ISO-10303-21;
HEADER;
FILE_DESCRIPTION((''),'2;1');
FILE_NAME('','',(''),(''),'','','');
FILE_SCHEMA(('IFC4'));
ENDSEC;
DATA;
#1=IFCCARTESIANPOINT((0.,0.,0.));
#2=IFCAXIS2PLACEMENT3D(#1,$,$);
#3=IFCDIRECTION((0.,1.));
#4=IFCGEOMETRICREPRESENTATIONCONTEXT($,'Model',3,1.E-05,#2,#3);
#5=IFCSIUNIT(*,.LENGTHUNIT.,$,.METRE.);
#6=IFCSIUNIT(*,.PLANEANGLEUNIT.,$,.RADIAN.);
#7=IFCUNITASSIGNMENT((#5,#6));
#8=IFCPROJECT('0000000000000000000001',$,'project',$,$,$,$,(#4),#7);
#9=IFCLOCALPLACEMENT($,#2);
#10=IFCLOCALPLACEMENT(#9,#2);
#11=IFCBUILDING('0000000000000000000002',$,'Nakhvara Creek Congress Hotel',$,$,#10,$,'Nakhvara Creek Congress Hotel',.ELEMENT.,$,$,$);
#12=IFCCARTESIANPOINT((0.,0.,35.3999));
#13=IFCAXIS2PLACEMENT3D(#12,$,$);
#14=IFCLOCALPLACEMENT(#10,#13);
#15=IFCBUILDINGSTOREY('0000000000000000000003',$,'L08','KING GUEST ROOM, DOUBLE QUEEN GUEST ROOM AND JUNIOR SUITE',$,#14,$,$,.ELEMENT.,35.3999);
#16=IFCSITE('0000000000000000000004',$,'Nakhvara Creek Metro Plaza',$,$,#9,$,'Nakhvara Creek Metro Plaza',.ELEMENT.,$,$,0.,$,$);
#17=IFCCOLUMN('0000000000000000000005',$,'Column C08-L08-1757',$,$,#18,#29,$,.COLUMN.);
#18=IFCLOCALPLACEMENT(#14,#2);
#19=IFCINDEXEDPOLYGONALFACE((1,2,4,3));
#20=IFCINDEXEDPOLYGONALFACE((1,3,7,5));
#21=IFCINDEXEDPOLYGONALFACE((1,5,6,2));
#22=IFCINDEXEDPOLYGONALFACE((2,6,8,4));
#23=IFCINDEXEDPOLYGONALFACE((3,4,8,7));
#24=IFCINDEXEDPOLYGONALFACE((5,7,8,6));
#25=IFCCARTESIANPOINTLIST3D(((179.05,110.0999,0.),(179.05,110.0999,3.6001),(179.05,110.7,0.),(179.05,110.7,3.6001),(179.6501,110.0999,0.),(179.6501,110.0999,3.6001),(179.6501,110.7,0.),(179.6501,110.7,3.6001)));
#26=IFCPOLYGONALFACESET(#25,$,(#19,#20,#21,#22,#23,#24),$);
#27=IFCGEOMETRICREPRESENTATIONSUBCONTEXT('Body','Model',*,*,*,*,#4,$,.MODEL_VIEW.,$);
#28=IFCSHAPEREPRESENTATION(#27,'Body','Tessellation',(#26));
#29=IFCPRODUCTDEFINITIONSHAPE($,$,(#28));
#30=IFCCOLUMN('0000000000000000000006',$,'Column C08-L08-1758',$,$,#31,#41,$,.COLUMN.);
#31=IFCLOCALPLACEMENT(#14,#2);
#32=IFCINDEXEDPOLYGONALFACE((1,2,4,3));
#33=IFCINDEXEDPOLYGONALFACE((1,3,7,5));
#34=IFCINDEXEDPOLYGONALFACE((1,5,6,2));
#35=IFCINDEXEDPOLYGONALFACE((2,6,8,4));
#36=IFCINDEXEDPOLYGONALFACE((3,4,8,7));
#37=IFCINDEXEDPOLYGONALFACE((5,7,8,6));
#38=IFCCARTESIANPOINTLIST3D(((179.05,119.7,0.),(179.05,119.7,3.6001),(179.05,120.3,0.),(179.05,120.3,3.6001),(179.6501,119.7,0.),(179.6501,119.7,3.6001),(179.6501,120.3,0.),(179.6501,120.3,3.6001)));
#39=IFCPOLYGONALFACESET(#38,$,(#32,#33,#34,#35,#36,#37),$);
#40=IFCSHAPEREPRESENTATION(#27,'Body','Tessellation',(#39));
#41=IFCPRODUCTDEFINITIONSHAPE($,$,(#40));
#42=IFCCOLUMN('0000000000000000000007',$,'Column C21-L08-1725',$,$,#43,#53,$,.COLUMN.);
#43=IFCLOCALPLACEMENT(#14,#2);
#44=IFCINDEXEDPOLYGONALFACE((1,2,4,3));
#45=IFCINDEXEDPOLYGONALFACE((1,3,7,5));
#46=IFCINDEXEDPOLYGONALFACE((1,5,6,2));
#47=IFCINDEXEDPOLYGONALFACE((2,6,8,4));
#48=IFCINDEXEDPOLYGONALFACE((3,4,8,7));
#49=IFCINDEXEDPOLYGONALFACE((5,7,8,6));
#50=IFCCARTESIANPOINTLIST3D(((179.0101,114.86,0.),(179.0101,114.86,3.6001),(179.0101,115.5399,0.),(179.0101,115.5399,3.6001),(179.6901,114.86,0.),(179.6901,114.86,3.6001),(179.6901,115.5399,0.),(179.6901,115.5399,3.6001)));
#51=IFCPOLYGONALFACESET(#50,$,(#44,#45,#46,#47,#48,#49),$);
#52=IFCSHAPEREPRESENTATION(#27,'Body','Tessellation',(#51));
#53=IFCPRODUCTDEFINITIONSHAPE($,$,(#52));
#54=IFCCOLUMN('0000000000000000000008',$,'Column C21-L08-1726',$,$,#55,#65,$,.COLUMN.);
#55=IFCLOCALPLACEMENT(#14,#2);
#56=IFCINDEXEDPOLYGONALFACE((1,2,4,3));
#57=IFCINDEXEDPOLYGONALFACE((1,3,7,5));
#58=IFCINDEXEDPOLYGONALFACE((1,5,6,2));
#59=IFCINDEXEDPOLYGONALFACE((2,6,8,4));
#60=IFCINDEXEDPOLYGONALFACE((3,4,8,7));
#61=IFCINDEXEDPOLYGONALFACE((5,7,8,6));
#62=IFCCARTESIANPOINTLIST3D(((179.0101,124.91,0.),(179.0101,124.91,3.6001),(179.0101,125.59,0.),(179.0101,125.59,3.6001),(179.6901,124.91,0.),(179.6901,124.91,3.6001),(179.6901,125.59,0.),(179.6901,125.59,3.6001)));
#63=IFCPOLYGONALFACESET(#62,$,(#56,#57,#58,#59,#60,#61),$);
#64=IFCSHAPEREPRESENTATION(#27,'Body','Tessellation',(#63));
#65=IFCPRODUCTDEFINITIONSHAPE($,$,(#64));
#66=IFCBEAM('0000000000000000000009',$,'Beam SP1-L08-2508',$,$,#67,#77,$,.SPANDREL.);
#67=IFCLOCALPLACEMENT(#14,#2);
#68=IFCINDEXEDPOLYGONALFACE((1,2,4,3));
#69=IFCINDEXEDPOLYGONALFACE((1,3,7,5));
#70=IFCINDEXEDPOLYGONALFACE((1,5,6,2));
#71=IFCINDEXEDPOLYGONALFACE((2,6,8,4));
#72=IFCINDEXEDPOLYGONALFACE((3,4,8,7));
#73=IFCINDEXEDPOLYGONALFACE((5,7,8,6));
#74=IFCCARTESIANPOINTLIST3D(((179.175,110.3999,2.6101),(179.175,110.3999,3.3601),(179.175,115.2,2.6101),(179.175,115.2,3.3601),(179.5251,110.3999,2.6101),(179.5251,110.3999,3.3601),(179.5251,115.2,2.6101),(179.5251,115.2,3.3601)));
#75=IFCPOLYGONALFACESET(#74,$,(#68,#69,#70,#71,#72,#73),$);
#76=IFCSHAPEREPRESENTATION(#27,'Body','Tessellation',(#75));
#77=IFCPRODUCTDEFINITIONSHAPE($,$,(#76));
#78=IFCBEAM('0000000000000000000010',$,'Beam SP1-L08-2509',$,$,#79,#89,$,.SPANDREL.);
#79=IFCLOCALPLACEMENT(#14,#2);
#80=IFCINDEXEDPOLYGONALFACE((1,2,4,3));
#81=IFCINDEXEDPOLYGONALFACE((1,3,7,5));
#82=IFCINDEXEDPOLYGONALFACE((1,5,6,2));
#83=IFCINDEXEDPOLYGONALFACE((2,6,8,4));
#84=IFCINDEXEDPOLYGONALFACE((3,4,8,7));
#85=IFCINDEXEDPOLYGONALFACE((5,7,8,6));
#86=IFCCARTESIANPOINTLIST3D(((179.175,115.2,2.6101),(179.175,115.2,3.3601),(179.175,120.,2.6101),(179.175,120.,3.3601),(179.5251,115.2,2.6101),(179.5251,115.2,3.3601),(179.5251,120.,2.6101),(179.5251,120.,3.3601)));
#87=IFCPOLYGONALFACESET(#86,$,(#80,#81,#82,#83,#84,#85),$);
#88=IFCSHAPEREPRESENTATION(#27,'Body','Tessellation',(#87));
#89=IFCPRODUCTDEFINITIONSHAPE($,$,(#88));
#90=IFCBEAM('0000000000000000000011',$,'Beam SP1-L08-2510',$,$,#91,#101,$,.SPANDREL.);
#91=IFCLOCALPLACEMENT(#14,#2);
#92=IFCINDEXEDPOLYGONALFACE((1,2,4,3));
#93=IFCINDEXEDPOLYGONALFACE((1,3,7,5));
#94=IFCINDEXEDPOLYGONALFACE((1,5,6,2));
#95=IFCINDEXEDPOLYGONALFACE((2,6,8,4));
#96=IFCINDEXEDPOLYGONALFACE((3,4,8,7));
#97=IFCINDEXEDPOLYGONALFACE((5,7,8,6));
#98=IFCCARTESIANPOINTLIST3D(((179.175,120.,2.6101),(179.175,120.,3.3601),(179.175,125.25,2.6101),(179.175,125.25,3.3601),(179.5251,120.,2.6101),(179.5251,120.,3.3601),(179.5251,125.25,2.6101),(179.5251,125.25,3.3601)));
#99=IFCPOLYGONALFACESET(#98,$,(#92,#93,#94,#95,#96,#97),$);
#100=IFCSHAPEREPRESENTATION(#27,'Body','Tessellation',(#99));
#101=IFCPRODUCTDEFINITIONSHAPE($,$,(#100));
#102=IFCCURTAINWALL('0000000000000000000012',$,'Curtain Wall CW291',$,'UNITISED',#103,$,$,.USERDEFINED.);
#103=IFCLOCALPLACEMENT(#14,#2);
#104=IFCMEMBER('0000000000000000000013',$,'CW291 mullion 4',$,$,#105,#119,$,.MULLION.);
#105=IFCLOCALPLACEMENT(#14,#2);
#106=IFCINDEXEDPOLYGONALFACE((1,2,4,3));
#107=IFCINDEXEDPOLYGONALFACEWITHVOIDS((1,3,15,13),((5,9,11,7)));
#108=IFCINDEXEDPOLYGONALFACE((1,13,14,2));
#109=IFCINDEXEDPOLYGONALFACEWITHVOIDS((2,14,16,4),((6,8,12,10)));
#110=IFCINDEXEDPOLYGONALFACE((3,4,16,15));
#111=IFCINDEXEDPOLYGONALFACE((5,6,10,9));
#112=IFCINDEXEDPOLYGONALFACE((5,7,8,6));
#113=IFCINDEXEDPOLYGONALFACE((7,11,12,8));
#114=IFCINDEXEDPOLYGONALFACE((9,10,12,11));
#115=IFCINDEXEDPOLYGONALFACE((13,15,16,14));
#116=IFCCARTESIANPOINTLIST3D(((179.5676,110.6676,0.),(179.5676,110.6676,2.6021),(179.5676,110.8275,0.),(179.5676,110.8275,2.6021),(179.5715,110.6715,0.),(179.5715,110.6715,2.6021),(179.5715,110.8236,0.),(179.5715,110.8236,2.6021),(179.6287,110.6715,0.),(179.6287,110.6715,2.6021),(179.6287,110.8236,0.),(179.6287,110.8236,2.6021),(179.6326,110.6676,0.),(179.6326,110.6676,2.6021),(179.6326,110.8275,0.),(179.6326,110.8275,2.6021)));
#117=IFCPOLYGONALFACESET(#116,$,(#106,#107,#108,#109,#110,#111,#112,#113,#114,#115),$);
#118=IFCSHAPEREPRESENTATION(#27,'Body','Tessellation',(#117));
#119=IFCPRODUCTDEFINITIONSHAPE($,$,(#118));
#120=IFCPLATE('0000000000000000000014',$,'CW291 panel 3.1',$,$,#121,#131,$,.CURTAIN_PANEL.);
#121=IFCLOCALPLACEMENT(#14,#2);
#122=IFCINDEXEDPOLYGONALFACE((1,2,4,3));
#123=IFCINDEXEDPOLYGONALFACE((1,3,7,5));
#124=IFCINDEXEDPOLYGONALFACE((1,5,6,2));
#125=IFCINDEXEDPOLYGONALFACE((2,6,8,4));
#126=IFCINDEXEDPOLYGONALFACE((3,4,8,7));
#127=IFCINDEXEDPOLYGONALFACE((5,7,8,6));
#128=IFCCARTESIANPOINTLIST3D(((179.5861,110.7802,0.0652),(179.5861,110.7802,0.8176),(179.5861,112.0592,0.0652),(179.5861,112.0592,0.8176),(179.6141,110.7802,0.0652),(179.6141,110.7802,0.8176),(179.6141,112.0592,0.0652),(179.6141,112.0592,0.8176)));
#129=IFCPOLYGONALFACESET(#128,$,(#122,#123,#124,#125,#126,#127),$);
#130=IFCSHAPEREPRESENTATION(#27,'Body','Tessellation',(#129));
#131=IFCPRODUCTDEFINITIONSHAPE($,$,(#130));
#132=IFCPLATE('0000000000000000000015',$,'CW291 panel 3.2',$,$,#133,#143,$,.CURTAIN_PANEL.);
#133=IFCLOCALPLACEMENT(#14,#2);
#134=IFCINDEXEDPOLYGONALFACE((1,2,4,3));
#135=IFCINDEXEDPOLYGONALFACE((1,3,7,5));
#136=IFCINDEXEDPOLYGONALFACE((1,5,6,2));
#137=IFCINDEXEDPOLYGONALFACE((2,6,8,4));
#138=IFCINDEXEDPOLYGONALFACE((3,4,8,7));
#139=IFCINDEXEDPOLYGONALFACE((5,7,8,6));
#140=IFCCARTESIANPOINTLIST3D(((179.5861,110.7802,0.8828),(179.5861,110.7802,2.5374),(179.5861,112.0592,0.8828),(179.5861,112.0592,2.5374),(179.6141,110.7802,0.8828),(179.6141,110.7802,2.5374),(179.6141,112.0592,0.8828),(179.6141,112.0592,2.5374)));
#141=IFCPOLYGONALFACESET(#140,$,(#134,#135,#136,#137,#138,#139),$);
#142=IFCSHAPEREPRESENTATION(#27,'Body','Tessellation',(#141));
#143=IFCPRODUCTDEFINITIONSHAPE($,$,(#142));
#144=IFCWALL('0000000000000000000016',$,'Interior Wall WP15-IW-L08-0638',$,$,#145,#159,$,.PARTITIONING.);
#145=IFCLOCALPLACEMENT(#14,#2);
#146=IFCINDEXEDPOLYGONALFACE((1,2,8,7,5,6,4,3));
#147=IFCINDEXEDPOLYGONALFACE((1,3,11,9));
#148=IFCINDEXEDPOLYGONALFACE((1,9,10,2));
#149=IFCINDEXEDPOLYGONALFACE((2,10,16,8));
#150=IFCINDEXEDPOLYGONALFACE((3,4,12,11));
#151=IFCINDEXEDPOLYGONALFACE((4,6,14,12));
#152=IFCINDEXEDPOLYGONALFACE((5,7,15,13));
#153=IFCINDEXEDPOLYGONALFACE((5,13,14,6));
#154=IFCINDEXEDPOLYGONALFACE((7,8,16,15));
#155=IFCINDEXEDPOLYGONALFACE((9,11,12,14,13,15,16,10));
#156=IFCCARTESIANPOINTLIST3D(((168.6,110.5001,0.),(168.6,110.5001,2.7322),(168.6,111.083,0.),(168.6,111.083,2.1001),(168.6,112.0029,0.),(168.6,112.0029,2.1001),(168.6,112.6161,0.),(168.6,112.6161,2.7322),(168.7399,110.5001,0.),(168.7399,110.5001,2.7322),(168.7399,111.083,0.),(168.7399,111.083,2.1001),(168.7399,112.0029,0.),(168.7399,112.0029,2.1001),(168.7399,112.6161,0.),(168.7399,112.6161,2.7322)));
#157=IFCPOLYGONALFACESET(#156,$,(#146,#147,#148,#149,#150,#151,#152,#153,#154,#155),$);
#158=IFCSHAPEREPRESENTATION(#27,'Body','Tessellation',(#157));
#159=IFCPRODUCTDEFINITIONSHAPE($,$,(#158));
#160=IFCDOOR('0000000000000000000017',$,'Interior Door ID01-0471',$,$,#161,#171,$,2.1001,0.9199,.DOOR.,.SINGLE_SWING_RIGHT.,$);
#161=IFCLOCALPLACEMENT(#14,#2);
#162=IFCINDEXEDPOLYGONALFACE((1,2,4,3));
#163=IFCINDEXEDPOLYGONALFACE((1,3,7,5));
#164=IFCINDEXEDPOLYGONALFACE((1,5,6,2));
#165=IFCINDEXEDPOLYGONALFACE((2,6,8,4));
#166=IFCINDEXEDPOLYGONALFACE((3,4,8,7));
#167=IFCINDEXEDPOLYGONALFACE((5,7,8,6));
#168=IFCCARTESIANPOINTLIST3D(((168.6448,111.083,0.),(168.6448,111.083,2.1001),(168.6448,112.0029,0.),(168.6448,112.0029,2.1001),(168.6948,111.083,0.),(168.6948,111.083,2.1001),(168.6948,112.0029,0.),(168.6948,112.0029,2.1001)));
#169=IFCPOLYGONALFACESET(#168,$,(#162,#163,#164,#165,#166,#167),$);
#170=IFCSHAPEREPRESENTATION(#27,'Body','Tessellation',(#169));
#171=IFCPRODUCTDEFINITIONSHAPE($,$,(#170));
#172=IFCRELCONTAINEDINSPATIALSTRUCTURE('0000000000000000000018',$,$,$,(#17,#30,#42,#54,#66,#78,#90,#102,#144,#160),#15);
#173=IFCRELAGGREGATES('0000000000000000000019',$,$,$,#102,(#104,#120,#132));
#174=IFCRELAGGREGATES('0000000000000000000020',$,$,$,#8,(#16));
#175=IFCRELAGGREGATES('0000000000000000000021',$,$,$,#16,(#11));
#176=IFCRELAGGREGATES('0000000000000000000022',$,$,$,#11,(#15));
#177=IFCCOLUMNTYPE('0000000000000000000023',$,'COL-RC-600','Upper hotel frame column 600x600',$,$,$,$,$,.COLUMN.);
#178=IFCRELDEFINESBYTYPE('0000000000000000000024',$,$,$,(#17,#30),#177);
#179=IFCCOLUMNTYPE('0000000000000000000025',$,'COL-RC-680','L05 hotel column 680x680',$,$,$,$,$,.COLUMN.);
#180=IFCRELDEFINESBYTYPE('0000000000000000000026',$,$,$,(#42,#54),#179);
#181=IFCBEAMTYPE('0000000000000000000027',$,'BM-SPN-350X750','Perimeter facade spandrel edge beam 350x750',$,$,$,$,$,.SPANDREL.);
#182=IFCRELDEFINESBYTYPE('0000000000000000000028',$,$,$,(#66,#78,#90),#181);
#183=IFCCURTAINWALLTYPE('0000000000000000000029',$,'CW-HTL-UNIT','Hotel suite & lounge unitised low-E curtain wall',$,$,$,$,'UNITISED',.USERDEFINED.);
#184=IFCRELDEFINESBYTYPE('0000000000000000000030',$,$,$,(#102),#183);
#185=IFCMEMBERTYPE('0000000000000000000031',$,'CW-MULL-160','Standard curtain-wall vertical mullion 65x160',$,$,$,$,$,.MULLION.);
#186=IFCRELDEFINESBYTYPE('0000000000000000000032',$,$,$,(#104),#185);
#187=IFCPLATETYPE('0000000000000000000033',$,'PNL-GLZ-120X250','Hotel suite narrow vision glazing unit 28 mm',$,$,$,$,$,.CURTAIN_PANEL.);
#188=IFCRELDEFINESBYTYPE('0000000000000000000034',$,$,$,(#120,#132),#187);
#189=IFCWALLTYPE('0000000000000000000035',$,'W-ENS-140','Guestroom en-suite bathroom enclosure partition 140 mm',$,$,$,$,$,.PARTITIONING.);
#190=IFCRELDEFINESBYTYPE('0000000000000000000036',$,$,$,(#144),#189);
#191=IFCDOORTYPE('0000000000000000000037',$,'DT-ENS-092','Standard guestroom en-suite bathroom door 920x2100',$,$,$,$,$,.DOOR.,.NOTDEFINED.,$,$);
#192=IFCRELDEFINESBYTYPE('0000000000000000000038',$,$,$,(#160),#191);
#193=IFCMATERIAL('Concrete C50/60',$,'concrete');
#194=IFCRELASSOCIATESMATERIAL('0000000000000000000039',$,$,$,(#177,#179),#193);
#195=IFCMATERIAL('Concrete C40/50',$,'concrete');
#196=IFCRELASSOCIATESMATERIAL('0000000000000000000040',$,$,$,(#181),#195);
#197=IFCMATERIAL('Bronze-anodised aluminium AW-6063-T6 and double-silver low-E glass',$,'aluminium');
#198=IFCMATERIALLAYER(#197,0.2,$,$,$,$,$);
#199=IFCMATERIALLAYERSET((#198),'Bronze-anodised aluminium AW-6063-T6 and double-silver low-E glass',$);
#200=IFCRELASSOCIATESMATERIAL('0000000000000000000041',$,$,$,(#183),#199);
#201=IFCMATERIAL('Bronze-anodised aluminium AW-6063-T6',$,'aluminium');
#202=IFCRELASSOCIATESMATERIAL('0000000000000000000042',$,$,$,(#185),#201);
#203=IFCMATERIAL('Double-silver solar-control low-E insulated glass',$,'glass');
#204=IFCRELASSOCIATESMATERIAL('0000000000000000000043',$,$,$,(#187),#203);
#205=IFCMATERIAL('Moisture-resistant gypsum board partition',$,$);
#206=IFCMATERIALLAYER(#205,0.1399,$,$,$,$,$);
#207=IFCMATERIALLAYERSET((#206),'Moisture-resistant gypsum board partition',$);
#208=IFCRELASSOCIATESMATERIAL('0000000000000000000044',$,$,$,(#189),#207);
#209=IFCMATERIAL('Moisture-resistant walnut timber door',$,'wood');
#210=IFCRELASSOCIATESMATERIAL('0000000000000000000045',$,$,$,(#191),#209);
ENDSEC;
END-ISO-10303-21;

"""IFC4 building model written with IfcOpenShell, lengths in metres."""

from ifc_helpers import new_model, si_unit, direction, frame, frame_2d, origin, origin_2d, place, context, subcontext, project, spatial, rectangle, hollow_rectangle, extrude, material, layer, layer_set, material_profile, profile_set, type_object, element, fill, aggregate, save


model = new_model("IFC4")

# Units and contexts
model_context = context("Model", 3, precision=1e-05, world=origin(), true_north=direction((0.0, 1.0)))
body_context = subcontext(model_context, "Body", "Model", "MODEL_VIEW")
ifc_project = project(units=[si_unit("LENGTHUNIT", "METRE"), si_unit("PLANEANGLEUNIT", "RADIAN")], contexts=[model_context])

# Site, building, storey
site_placement = place(None, origin())
site = spatial("IfcSite", under=ifc_project, at=site_placement, Name="Nakhvara Creek Metro Plaza", LongName="Nakhvara Creek Metro Plaza", CompositionType="ELEMENT", RefElevation=0.0)
building_placement = place(site_placement, origin())
building = spatial("IfcBuilding", under=site, at=building_placement, Name="Nakhvara Creek Congress Hotel", LongName="Nakhvara Creek Congress Hotel", CompositionType="ELEMENT")
storey_placement = place(building_placement, frame((0.0, 0.0, 35.3999)))
storey = spatial("IfcBuildingStorey", under=building, at=storey_placement, Name="L08", Description="KING GUEST ROOM, DOUBLE QUEEN GUEST ROOM AND JUNIOR SUITE", CompositionType="ELEMENT", Elevation=35.3999)

# Columns
ifc_material_1 = material(Name="Concrete C50/60", Category="concrete")
ifc_material_profile_1 = material_profile(ifc_material_1, rectangle(XDim=0.6001, YDim=0.6001, at=origin_2d()), Name="RC-COL 600x600", Category="LoadBearing")
ifc_profile_set_1 = profile_set([ifc_material_profile_1], Name="Concrete C50/60")
column_type_1 = type_object("IfcColumnType", Name="COL-RC-600", Description="Upper hotel frame column 600x600", PredefinedType="COLUMN", material=ifc_profile_set_1)
for number, where, z_axis, x_axis, name in (
    (1, (179.3501, 110.3999, 0.0), (0.0, 0.0, 1.0), (1.0, 0.0, 0.0), "Column C08-L08-1757"),
    (2, (179.3501, 120.0, 0.0), (0.0, 0.0, 1.0), (1.0, 0.0, 0.0), "Column C08-L08-1758"),
):
    element("IfcColumn", number, at=place(storey_placement, frame(where, z_axis=z_axis, x_axis=x_axis)), inside=storey, type_object=column_type_1, Name=name, PredefinedType="COLUMN", context=body_context, shape_type="SweptSolid", body=[
        extrude(rectangle(XDim=0.6001, YDim=0.6001, at=origin_2d()), origin(), (0.0, 0.0, 1.0), 3.6001),
    ])
ifc_material_profile_2 = material_profile(ifc_material_1, rectangle(XDim=0.6799, YDim=0.6799, at=origin_2d()), Name="RC-COL 680x680", Category="LoadBearing")
ifc_profile_set_2 = profile_set([ifc_material_profile_2], Name="Concrete C50/60")
column_type_2 = type_object("IfcColumnType", Name="COL-RC-680", Description="L05 hotel column 680x680", PredefinedType="COLUMN", material=ifc_profile_set_2)
for number, where, z_axis, x_axis, name in (
    (3, (179.3501, 115.2, 0.0), (0.0, 0.0, 1.0), (1.0, 0.0, 0.0), "Column C21-L08-1725"),
    (4, (179.3501, 125.25, 0.0), (0.0, 0.0, 1.0), (1.0, 0.0, 0.0), "Column C21-L08-1726"),
):
    element("IfcColumn", number, at=place(storey_placement, frame(where, z_axis=z_axis, x_axis=x_axis)), inside=storey, type_object=column_type_2, Name=name, PredefinedType="COLUMN", context=body_context, shape_type="SweptSolid", body=[
        extrude(rectangle(XDim=0.6799, YDim=0.6799, at=origin_2d()), origin(), (0.0, 0.0, 1.0), 3.6001),
    ])

# Beams
ifc_material_2 = material(Name="Concrete C40/50", Category="concrete")
ifc_material_profile_3 = material_profile(ifc_material_2, rectangle(XDim=0.3501, YDim=0.75, at=origin_2d()), Name="RC-SPANDREL 350x750", Category="LoadBearing")
ifc_profile_set_3 = profile_set([ifc_material_profile_3], Name="Concrete C40/50")
beam_type = type_object("IfcBeamType", Name="BM-SPN-350X750", Description="Perimeter facade spandrel edge beam 350x750", PredefinedType="SPANDREL", material=ifc_profile_set_3)
for number, where, z_axis, x_axis, name in (
    (5, (179.3501, 110.3999, 2.9851), (0.0, 1.0, 0.0), (-1.0, 0.0, 0.0), "Beam SP1-L08-2508"),
    (6, (179.3501, 115.2, 2.9851), (0.0, 1.0, 0.0), (-1.0, 0.0, 0.0), "Beam SP1-L08-2509"),
):
    element("IfcBeam", number, at=place(storey_placement, frame(where, z_axis=z_axis, x_axis=x_axis)), inside=storey, type_object=beam_type, Name=name, PredefinedType="SPANDREL", context=body_context, shape_type="SweptSolid", body=[
        extrude(rectangle(XDim=0.3501, YDim=0.75, at=origin_2d()), origin(), (0.0, 0.0, 1.0), 4.8),
    ])
beam_placement = place(storey_placement, frame((179.3501, 120.0, 2.9851), z_axis=(0.0, 1.0, 0.0), x_axis=(-1.0, 0.0, 0.0)))
element("IfcBeam", 7, at=beam_placement, inside=storey, type_object=beam_type, Name="Beam SP1-L08-2510", PredefinedType="SPANDREL", context=body_context, shape_type="SweptSolid", body=[
    extrude(rectangle(XDim=0.3501, YDim=0.75, at=origin_2d()), origin(), (0.0, 0.0, 1.0), 5.25),
])

# Curtain wall, member, plates
ifc_material_3 = material(Name="Bronze-anodised aluminium AW-6063-T6 and double-silver low-E glass", Category="aluminium")
ifc_layer_1 = layer(ifc_material_3, 0.2)
ifc_layer_set_1 = layer_set([ifc_layer_1], Name="Bronze-anodised aluminium AW-6063-T6 and double-silver low-E glass")
curtain_wall_type = type_object("IfcCurtainWallType", Name="CW-HTL-UNIT", Description="Hotel suite & lounge unitised low-E curtain wall", ElementType="UNITISED", PredefinedType="USERDEFINED", material=ifc_layer_set_1)
curtain_wall_placement = place(storey_placement, origin())
curtain_wall = element("IfcCurtainWall", 8, at=curtain_wall_placement, inside=storey, type_object=curtain_wall_type, Name="Curtain Wall CW291", ObjectType="UNITISED", PredefinedType="USERDEFINED")
ifc_material_4 = material(Name="Bronze-anodised aluminium AW-6063-T6", Category="aluminium")
ifc_material_profile_4 = material_profile(ifc_material_4, hollow_rectangle(XDim=0.0649, YDim=0.1599, WallThickness=0.0039, at=origin_2d()), Name="ALU-MULL 65x160x4", Category="LoadBearing")
ifc_profile_set_4 = profile_set([ifc_material_profile_4], Name="Bronze-anodised aluminium AW-6063-T6")
member_type = type_object("IfcMemberType", Name="CW-MULL-160", Description="Standard curtain-wall vertical mullion 65x160", PredefinedType="MULLION", material=ifc_profile_set_4)
member_placement = place(storey_placement, frame((179.6001, 110.7476, 0.0), z_axis=(0.0, 0.0, 1.0), x_axis=(1.0, 0.0, 0.0)))
member = element("IfcMember", 9, at=member_placement, type_object=member_type, Name="CW291 mullion 4", PredefinedType="MULLION", context=body_context, shape_type="SweptSolid", body=[
    extrude(hollow_rectangle(XDim=0.0649, YDim=0.1599, WallThickness=0.0039, at=origin_2d()), origin(), (0.0, 0.0, 1.0), 2.6021),
])
ifc_material_5 = material(Name="Double-silver solar-control low-E insulated glass", Category="glass")
plate_type = type_object("IfcPlateType", Name="PNL-GLZ-120X250", Description="Hotel suite narrow vision glazing unit 28 mm", PredefinedType="CURTAIN_PANEL", material=ifc_material_5)
plate_1_placement = place(storey_placement, frame((179.6001, 111.4197, 0.0652), z_axis=(0.0, 0.0, 1.0), x_axis=(0.0, -1.0, 0.0)))
plate_1 = element("IfcPlate", 10, at=plate_1_placement, type_object=plate_type, Name="CW291 panel 3.1", PredefinedType="CURTAIN_PANEL", context=body_context, shape_type="SweptSolid", body=[
    extrude(rectangle(XDim=1.2791, YDim=0.0281, at=origin_2d()), origin(), (0.0, 0.0, 1.0), 0.7524),
])
plate_2_placement = place(storey_placement, frame((179.6001, 111.4197, 0.8828), z_axis=(0.0, 0.0, 1.0), x_axis=(0.0, -1.0, 0.0)))
plate_2 = element("IfcPlate", 11, at=plate_2_placement, type_object=plate_type, Name="CW291 panel 3.2", PredefinedType="CURTAIN_PANEL", context=body_context, shape_type="SweptSolid", body=[
    extrude(rectangle(XDim=1.2791, YDim=0.0281, at=origin_2d()), origin(), (0.0, 0.0, 1.0), 1.6545),
])
aggregate(curtain_wall, [member, plate_1, plate_2])

# Wall, opening, door
ifc_material_6 = material(Name="Moisture-resistant gypsum board partition")
ifc_layer_2 = layer(ifc_material_6, 0.1399)
ifc_layer_set_2 = layer_set([ifc_layer_2], Name="Moisture-resistant gypsum board partition")
wall_type_1 = type_object("IfcWallType", Name="W-ENS-140", Description="Guestroom en-suite bathroom enclosure partition 140 mm", PredefinedType="PARTITIONING", material=ifc_layer_set_2)
wall_1_placement = place(storey_placement, frame((168.6699, 110.5, 0.0), z_axis=(0.0, 0.0, 1.0), x_axis=(0.0, 1.0, 0.0)))
wall_1 = element("IfcWall", 12, at=wall_1_placement, inside=storey, type_object=wall_type_1, Name="Interior Wall WP15-IW-L08-0638", PredefinedType="PARTITIONING", context=body_context, shape_type="SweptSolid", body=[
    extrude(rectangle(XDim=2.116, YDim=0.1399, at=frame_2d((1.0581, 0.0))), origin(), (0.0, 0.0, 1.0), 2.7322),
])
opening_1_placement = place(wall_1_placement, frame((0.583, 0.0, 0.0)))
opening_1 = element("IfcOpeningElement", 13, at=opening_1_placement, cuts=wall_1, PredefinedType="OPENING", context=body_context, shape_type="SweptSolid", body=[
    extrude(rectangle(XDim=0.9199, YDim=2.1001, at=frame_2d((0.46, 1.05))), frame((0.0, 0.082, 0.0), z_axis=(0.0, -1.0, 0.0), x_axis=(1.0, 0.0, 0.0)), (0.0, 0.0, 1.0), 0.1638),
])
ifc_material_7 = material(Name="Moisture-resistant walnut timber door", Category="wood")
door_type_1 = type_object("IfcDoorType", Name="DT-ENS-092", Description="Standard guestroom en-suite bathroom door 920x2100", OperationType="NOTDEFINED", PredefinedType="DOOR", material=ifc_material_7)
door_1_placement = place(opening_1_placement, frame((0.9199, 0.0, 0.0), z_axis=(0.0, 0.0, 1.0), x_axis=(-1.0, 0.0, 0.0)))
door_1 = element("IfcDoor", 14, at=door_1_placement, inside=storey, type_object=door_type_1, Name="Interior Door ID01-0471", OperationType="SINGLE_SWING_RIGHT", OverallHeight=2.1001, OverallWidth=0.9199, PredefinedType="DOOR", context=body_context, shape_type="SweptSolid", body=[
    extrude(rectangle(XDim=0.9199, YDim=2.1001, at=frame_2d((0.46, 1.05))), frame((0.0, 0.0249, 0.0), z_axis=(0.0, -1.0, 0.0), x_axis=(1.0, 0.0, 0.0)), (0.0, 0.0, 1.0), 0.05),
])
fill(opening_1, door_1)

save(model, "model.ifc")
